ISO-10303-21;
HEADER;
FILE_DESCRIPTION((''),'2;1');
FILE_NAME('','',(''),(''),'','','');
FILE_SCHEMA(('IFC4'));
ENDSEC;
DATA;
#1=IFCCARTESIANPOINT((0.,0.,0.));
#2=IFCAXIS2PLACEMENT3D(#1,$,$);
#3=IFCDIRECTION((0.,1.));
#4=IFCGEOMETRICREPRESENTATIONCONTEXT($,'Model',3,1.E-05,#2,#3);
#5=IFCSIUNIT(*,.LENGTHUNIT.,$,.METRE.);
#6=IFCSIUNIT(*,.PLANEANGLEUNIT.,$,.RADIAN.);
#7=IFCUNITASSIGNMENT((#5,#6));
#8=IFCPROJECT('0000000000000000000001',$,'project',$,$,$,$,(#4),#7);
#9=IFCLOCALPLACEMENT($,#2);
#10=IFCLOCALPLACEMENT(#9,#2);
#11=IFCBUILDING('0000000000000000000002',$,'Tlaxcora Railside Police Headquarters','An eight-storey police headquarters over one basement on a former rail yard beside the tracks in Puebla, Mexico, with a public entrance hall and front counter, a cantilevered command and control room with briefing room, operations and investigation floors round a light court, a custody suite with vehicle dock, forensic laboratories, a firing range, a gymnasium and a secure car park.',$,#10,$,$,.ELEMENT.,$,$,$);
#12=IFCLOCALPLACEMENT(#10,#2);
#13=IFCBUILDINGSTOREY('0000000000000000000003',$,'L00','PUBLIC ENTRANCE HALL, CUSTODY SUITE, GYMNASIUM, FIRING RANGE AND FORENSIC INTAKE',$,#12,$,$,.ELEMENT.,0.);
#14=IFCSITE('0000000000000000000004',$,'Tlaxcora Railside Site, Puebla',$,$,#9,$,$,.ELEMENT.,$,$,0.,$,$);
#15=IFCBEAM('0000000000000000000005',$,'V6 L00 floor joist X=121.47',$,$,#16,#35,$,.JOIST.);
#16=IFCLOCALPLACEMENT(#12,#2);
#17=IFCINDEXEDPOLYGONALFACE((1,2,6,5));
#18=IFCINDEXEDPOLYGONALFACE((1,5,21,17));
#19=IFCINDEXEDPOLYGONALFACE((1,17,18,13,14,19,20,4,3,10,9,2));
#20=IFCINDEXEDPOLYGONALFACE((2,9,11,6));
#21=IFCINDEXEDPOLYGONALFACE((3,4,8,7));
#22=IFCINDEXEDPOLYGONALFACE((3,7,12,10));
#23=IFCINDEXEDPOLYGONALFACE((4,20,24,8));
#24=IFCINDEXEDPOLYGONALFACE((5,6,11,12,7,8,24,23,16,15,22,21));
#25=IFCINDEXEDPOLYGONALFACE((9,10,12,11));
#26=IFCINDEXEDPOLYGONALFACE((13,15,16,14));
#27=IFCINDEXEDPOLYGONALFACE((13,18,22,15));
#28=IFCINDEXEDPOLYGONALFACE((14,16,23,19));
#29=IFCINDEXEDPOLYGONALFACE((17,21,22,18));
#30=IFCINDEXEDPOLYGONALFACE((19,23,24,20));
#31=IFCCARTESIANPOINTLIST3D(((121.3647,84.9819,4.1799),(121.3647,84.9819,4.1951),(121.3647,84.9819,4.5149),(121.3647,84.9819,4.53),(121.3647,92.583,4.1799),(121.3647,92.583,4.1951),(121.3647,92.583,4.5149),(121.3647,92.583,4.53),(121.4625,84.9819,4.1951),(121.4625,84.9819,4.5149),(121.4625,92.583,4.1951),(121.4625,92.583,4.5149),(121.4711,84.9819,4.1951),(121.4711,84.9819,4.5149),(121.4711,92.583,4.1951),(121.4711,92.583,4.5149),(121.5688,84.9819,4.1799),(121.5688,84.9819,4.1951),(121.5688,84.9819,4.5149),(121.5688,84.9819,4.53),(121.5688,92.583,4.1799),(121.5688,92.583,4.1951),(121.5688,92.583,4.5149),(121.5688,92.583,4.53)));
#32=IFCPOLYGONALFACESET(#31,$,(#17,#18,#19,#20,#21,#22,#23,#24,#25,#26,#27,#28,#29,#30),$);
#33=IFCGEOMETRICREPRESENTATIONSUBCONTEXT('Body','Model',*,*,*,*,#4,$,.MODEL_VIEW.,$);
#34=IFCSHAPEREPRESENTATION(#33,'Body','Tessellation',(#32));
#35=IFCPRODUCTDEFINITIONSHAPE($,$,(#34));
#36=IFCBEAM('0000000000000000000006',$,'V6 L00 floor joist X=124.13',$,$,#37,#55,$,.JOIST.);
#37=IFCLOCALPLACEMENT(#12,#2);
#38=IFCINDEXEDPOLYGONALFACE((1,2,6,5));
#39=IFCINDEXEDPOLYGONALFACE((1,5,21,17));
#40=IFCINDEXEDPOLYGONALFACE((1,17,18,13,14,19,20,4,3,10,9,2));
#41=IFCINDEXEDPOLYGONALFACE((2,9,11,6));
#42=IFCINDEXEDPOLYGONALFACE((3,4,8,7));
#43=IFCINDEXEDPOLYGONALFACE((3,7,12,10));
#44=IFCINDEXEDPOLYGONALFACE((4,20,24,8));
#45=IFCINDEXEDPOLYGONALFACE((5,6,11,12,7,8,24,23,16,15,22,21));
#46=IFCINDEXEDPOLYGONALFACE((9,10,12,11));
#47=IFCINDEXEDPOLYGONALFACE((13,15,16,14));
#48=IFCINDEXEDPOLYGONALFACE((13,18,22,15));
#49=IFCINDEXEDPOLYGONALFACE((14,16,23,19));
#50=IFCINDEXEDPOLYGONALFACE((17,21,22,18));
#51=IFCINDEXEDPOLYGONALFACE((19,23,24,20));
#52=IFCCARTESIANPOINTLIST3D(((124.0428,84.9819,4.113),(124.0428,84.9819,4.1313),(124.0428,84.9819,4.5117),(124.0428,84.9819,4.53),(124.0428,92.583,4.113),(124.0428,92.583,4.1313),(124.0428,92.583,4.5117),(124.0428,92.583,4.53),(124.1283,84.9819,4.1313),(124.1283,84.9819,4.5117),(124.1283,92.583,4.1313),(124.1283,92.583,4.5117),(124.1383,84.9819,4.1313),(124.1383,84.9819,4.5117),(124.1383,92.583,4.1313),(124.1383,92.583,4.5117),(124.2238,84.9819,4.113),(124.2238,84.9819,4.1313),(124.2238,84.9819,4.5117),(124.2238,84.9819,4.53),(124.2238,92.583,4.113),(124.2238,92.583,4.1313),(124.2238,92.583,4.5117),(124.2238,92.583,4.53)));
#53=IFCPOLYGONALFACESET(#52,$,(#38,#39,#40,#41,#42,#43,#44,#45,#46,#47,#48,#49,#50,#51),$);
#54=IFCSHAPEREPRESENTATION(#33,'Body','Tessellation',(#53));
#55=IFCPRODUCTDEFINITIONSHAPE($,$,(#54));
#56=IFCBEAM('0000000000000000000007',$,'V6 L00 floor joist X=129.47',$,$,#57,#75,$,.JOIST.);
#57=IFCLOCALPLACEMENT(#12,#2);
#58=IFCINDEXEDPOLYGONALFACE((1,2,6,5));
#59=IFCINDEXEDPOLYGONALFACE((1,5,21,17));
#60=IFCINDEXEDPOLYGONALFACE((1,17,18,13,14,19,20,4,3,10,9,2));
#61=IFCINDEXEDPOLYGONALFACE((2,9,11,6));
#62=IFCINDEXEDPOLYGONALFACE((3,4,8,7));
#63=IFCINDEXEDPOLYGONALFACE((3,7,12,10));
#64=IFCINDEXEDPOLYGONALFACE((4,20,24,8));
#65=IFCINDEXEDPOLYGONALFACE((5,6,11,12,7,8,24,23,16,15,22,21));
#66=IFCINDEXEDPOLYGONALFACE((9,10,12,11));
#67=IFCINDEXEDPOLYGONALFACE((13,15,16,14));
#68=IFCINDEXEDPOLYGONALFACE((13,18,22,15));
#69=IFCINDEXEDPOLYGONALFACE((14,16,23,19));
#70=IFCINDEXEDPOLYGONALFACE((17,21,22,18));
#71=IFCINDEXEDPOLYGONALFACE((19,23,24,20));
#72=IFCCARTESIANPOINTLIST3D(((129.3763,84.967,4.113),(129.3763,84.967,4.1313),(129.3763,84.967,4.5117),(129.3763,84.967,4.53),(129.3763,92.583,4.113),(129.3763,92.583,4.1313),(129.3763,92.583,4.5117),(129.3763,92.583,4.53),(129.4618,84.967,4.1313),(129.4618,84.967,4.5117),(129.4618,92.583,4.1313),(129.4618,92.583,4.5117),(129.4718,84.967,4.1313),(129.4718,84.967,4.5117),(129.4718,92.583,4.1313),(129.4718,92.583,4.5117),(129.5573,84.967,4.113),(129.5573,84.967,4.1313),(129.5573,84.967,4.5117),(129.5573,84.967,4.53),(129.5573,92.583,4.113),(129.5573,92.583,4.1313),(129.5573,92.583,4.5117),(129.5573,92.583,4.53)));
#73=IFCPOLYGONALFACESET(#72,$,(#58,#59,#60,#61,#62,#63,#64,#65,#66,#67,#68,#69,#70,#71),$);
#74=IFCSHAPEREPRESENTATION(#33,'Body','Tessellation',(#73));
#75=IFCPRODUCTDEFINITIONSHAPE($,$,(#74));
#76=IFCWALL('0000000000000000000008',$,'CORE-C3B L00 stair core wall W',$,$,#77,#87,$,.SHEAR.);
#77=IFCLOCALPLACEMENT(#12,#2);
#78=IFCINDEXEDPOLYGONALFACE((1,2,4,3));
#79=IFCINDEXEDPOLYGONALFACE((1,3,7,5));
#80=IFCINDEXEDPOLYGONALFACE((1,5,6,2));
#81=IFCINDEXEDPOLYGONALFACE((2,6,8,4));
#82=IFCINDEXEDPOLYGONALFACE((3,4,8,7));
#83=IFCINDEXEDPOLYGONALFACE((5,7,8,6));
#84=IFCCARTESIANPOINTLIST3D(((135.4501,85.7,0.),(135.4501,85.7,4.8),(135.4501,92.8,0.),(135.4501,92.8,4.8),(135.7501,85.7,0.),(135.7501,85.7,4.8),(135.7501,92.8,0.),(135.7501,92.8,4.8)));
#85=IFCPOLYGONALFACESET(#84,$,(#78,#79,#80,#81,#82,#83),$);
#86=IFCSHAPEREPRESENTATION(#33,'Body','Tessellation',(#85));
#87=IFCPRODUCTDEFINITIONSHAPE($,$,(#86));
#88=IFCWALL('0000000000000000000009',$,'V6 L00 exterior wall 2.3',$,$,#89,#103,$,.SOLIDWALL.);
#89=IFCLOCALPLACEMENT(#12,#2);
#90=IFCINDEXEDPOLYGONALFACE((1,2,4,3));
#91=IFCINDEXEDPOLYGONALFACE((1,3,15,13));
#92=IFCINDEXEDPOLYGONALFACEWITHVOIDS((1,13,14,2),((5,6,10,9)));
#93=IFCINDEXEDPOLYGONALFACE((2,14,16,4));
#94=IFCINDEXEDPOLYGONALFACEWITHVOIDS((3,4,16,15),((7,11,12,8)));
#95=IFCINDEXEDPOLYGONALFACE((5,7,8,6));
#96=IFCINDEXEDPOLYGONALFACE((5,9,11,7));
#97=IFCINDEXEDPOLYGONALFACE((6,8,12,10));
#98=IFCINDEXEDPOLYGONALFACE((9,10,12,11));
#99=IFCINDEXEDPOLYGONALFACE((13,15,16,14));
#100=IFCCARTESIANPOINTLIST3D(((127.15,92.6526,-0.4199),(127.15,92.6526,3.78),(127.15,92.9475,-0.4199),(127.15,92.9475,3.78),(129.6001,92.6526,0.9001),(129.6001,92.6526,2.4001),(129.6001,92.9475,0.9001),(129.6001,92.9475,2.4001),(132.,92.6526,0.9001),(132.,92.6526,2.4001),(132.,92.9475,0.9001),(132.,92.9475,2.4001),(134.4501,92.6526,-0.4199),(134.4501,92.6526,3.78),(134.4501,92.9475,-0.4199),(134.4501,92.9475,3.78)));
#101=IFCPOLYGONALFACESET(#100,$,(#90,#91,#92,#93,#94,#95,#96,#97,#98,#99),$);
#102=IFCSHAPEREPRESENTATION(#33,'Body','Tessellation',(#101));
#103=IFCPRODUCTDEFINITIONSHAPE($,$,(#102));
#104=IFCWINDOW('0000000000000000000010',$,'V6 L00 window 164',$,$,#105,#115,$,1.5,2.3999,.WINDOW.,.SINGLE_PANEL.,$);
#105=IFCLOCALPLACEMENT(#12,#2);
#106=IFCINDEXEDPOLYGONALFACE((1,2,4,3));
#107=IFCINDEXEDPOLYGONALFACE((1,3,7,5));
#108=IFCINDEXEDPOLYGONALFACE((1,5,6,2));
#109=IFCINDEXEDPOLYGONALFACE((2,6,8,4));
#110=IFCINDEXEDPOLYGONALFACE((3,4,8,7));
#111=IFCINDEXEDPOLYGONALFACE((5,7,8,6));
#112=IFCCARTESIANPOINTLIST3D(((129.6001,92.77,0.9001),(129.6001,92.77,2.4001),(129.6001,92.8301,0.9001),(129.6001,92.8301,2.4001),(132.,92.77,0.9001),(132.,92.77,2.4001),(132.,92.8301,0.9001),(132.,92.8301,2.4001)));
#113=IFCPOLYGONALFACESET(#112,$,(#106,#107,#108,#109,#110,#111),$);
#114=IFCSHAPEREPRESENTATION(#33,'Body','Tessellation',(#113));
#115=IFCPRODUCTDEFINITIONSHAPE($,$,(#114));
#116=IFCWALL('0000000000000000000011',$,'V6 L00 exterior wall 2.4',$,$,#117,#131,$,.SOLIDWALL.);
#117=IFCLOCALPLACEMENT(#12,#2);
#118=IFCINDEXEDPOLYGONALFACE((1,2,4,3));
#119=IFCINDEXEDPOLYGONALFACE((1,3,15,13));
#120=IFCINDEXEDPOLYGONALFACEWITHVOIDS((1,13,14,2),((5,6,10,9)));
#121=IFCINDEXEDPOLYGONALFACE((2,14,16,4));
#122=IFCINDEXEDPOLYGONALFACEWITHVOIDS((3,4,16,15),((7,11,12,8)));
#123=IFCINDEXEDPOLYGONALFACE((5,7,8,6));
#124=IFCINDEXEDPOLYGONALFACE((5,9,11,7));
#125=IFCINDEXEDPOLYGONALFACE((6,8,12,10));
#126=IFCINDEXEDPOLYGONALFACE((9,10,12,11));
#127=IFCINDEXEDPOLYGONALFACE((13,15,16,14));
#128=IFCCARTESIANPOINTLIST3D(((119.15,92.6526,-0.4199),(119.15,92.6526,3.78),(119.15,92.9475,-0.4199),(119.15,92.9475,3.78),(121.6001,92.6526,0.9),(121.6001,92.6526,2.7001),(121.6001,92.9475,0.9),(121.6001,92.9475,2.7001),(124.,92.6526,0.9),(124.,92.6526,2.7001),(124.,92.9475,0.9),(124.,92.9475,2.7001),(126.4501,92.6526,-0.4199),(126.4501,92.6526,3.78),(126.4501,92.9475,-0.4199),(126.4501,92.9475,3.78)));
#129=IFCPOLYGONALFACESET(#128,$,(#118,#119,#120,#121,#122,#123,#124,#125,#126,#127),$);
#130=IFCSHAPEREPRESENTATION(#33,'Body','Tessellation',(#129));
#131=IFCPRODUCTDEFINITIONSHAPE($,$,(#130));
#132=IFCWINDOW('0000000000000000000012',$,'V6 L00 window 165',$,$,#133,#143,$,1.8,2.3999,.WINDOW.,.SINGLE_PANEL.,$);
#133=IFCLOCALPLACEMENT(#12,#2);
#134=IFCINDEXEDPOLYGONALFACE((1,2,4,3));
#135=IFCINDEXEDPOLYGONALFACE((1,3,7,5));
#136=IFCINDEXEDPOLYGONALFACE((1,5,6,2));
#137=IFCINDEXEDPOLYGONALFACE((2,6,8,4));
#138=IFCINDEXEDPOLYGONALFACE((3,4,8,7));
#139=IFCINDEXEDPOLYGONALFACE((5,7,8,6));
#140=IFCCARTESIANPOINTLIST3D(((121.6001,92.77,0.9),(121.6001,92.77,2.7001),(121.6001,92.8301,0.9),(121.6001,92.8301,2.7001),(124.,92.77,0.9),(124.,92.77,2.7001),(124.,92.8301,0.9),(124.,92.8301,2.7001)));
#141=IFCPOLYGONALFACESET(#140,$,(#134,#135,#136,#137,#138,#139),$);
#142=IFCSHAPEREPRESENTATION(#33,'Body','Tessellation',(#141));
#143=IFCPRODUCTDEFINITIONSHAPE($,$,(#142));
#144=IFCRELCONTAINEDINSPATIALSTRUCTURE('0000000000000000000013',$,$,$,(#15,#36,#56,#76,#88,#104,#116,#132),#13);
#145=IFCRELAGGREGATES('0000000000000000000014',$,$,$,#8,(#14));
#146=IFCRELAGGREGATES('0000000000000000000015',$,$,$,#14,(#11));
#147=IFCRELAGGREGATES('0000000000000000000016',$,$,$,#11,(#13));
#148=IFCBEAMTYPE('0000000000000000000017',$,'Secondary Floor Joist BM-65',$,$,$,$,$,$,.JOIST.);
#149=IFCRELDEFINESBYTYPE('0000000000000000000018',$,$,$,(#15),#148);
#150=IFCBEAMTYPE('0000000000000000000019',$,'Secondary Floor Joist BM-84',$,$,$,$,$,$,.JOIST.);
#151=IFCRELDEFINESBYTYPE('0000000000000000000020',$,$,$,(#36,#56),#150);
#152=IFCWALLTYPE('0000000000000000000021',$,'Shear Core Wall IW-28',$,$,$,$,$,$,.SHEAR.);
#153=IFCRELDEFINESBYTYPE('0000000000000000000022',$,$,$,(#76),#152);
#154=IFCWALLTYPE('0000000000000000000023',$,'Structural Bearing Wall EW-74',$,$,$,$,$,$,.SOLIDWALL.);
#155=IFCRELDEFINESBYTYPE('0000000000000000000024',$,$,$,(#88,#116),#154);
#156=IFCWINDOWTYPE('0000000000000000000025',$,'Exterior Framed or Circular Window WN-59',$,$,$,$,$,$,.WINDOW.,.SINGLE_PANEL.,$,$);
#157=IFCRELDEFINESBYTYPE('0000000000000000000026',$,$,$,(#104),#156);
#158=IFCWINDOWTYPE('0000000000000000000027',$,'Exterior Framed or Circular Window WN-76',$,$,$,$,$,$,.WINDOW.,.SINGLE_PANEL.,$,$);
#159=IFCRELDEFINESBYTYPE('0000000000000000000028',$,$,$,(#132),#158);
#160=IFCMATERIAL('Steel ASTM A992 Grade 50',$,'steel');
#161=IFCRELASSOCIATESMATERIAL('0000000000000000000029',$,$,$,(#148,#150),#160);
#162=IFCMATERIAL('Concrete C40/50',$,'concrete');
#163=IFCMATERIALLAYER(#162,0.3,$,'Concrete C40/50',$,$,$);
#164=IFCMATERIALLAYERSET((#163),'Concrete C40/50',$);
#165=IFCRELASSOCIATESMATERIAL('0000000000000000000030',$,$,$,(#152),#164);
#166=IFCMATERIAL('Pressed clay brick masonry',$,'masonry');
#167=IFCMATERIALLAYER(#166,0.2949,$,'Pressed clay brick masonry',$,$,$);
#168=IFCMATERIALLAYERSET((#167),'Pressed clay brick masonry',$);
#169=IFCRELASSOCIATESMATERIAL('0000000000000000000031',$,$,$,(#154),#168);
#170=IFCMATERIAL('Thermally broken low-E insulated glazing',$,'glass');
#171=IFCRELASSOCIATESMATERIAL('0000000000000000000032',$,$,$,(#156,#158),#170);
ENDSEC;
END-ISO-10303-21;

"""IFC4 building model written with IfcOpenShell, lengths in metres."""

from ifc_helpers import new_model, si_unit, direction, frame, frame_2d, origin, origin_2d, place, context, subcontext, project, spatial, rectangle, i_section, extrude, material, layer, layer_set, material_profile, profile_set, type_object, element, fill, save


model = new_model("IFC4")

# Units and contexts
model_context = context("Model", 3, precision=1e-05, world=origin(), true_north=direction((0.0, 1.0)))
body_context = subcontext(model_context, "Body", "Model", "MODEL_VIEW")
ifc_project = project(units=[si_unit("LENGTHUNIT", "METRE"), si_unit("PLANEANGLEUNIT", "RADIAN")], contexts=[model_context])

# Site, building, storey
site_placement = place(None, origin())
site = spatial("IfcSite", under=ifc_project, at=site_placement, Name="Tlaxcora Railside Site, Puebla", CompositionType="ELEMENT", RefElevation=0.0)
building_placement = place(site_placement, origin())
building = spatial("IfcBuilding", under=site, at=building_placement, Name="Tlaxcora Railside Police Headquarters", Description="An eight-storey police headquarters over one basement on a former rail yard beside the tracks in Puebla, Mexico, with a public entrance hall and front counter, a cantilevered command and control room with briefing room, operations and investigation floors round a light court, a custody suite with vehicle dock, forensic laboratories, a firing range, a gymnasium and a secure car park.", CompositionType="ELEMENT")
storey_placement = place(building_placement, origin())
storey = spatial("IfcBuildingStorey", under=building, at=storey_placement, Name="L00", Description="PUBLIC ENTRANCE HALL, CUSTODY SUITE, GYMNASIUM, FIRING RANGE AND FORENSIC INTAKE", CompositionType="ELEMENT", Elevation=0.0)

# Shared definitions
ifc_material_1 = material(Name="Concrete C40/50", Category="concrete")

# Beams
ifc_material_2 = material(Name="Steel ASTM A992 Grade 50", Category="steel")
ifc_material_profile_1 = material_profile(ifc_material_2, i_section(OverallWidth=0.2041, OverallDepth=0.3501, WebThickness=0.0085, FlangeThickness=0.0151, at=origin_2d()), Name="W14X48")
ifc_profile_set_1 = profile_set([ifc_material_profile_1], Name="Steel ASTM A992 Grade 50")
beam_type_1 = type_object("IfcBeamType", Name="Secondary Floor Joist BM-65", PredefinedType="JOIST", material=ifc_profile_set_1)
beam_1_placement = place(storey_placement, frame((121.4668, 84.9819, 4.355), z_axis=(0.0, 1.0, 0.0), x_axis=(-1.0, 0.0, 0.0)))
element("IfcBeam", 1, at=beam_1_placement, inside=storey, type_object=beam_type_1, Name="V6 L00 floor joist X=121.47", PredefinedType="JOIST", context=body_context, shape_type="SweptSolid", body=[
    extrude(i_section(OverallWidth=0.2041, OverallDepth=0.3501, WebThickness=0.0085, FlangeThickness=0.0151, at=origin_2d()), origin(), (0.0, 0.0, 1.0), 7.6011),
])
ifc_material_profile_2 = material_profile(ifc_material_2, i_section(OverallWidth=0.1809, OverallDepth=0.417, WebThickness=0.01, FlangeThickness=0.0183, at=origin_2d()), Name="W16X57")
ifc_profile_set_2 = profile_set([ifc_material_profile_2], Name="Steel ASTM A992 Grade 50")
beam_type_2 = type_object("IfcBeamType", Name="Secondary Floor Joist BM-84", PredefinedType="JOIST", material=ifc_profile_set_2)
beam_2_placement = place(storey_placement, frame((124.1333, 84.9819, 4.3215), z_axis=(0.0, 1.0, 0.0), x_axis=(-1.0, 0.0, 0.0)))
element("IfcBeam", 2, at=beam_2_placement, inside=storey, type_object=beam_type_2, Name="V6 L00 floor joist X=124.13", PredefinedType="JOIST", context=body_context, shape_type="SweptSolid", body=[
    extrude(i_section(OverallWidth=0.1809, OverallDepth=0.417, WebThickness=0.01, FlangeThickness=0.0183, at=origin_2d()), origin(), (0.0, 0.0, 1.0), 7.6011),
])
beam_3_placement = place(storey_placement, frame((129.4668, 84.967, 4.3215), z_axis=(0.0, 1.0, 0.0), x_axis=(-1.0, 0.0, 0.0)))
element("IfcBeam", 3, at=beam_3_placement, inside=storey, type_object=beam_type_2, Name="V6 L00 floor joist X=129.47", PredefinedType="JOIST", context=body_context, shape_type="SweptSolid", body=[
    extrude(i_section(OverallWidth=0.1809, OverallDepth=0.417, WebThickness=0.01, FlangeThickness=0.0183, at=origin_2d()), origin(), (0.0, 0.0, 1.0), 7.616),
])

# Shared definitions
ifc_layer_1 = layer(ifc_material_1, 0.3, Name="Concrete C40/50")
ifc_layer_set_1 = layer_set([ifc_layer_1], Name="Concrete C40/50")
wall_type_1 = type_object("IfcWallType", Name="Shear Core Wall IW-28", PredefinedType="SHEAR", material=ifc_layer_set_1)

# Wall
wall_1_placement = place(storey_placement, frame((135.6001, 92.8, 0.0), z_axis=(0.0, 0.0, 1.0), x_axis=(0.0, -1.0, 0.0)))
element("IfcWall", 4, at=wall_1_placement, inside=storey, type_object=wall_type_1, Name="CORE-C3B L00 stair core wall W", PredefinedType="SHEAR", context=body_context, shape_type="SweptSolid", body=[
    extrude(rectangle(XDim=7.1001, YDim=0.3, at=frame_2d((3.55, 0.0))), origin(), (0.0, 0.0, 1.0), 4.8),
])

# Walls, openings, windows
ifc_material_3 = material(Name="Pressed clay brick masonry", Category="masonry")
ifc_layer_2 = layer(ifc_material_3, 0.2949, Name="Pressed clay brick masonry")
ifc_layer_set_2 = layer_set([ifc_layer_2], Name="Pressed clay brick masonry")
wall_type_2 = type_object("IfcWallType", Name="Structural Bearing Wall EW-74", PredefinedType="SOLIDWALL", material=ifc_layer_set_2)
wall_2_placement = place(storey_placement, frame((134.45, 92.8, -0.4199), z_axis=(0.0, 0.0, 1.0), x_axis=(-1.0, 0.0, 0.0)))
wall_2 = element("IfcWall", 5, at=wall_2_placement, inside=storey, type_object=wall_type_2, Name="V6 L00 exterior wall 2.3", PredefinedType="SOLIDWALL", context=body_context, shape_type="SweptSolid", body=[
    extrude(rectangle(XDim=7.3, YDim=0.2949, at=frame_2d((3.6499, 0.0))), origin(), (0.0, 0.0, 1.0), 4.2),
])
opening_1_placement = place(wall_2_placement, frame((2.45, 0.0, 1.3201)))
opening_1 = element("IfcOpeningElement", 6, at=opening_1_placement, cuts=wall_2, PredefinedType="OPENING", context=body_context, shape_type="SweptSolid", body=[
    extrude(rectangle(XDim=2.3999, YDim=1.5, at=frame_2d((1.2, 0.75))), frame((0.0, 0.1575, 0.0), z_axis=(0.0, -1.0, 0.0), x_axis=(1.0, 0.0, 0.0)), (0.0, 0.0, 1.0), 0.3149),
])
ifc_material_4 = material(Name="Thermally broken low-E insulated glazing", Category="glass")
window_type_1 = type_object("IfcWindowType", Name="Exterior Framed or Circular Window WN-59", PartitioningType="SINGLE_PANEL", PredefinedType="WINDOW", material=ifc_material_4)
window_1_placement = place(opening_1_placement, origin())
window_1 = element("IfcWindow", 7, at=window_1_placement, inside=storey, type_object=window_type_1, Name="V6 L00 window 164", OverallHeight=1.5, OverallWidth=2.3999, PartitioningType="SINGLE_PANEL", PredefinedType="WINDOW", context=body_context, shape_type="SweptSolid", body=[
    extrude(rectangle(XDim=2.3999, YDim=1.5, at=frame_2d((1.2, 0.75))), frame((0.0, 0.03, 0.0), z_axis=(0.0, -1.0, 0.0), x_axis=(1.0, 0.0, 0.0)), (0.0, 0.0, 1.0), 0.0601),
])
fill(opening_1, window_1)
wall_3_placement = place(storey_placement, frame((126.45, 92.8, -0.4199), z_axis=(0.0, 0.0, 1.0), x_axis=(-1.0, 0.0, 0.0)))
wall_3 = element("IfcWall", 8, at=wall_3_placement, inside=storey, type_object=wall_type_2, Name="V6 L00 exterior wall 2.4", PredefinedType="SOLIDWALL", context=body_context, shape_type="SweptSolid", body=[
    extrude(rectangle(XDim=7.3, YDim=0.2949, at=frame_2d((3.6499, 0.0))), origin(), (0.0, 0.0, 1.0), 4.2),
])
opening_2_placement = place(wall_3_placement, frame((2.45, 0.0, 1.3201)))
opening_2 = element("IfcOpeningElement", 9, at=opening_2_placement, cuts=wall_3, PredefinedType="OPENING", context=body_context, shape_type="SweptSolid", body=[
    extrude(rectangle(XDim=2.3999, YDim=1.8, at=frame_2d((1.2, 0.8999))), frame((0.0, 0.1575, 0.0), z_axis=(0.0, -1.0, 0.0), x_axis=(1.0, 0.0, 0.0)), (0.0, 0.0, 1.0), 0.3149),
])
window_type_2 = type_object("IfcWindowType", Name="Exterior Framed or Circular Window WN-76", PartitioningType="SINGLE_PANEL", PredefinedType="WINDOW", material=ifc_material_4)
window_2_placement = place(opening_2_placement, origin())
window_2 = element("IfcWindow", 10, at=window_2_placement, inside=storey, type_object=window_type_2, Name="V6 L00 window 165", OverallHeight=1.8, OverallWidth=2.3999, PartitioningType="SINGLE_PANEL", PredefinedType="WINDOW", context=body_context, shape_type="SweptSolid", body=[
    extrude(rectangle(XDim=2.3999, YDim=1.8, at=frame_2d((1.2, 0.8999))), frame((0.0, 0.03, 0.0), z_axis=(0.0, -1.0, 0.0), x_axis=(1.0, 0.0, 0.0)), (0.0, 0.0, 1.0), 0.0601),
])
fill(opening_2, window_2)

save(model, "model.ifc")
